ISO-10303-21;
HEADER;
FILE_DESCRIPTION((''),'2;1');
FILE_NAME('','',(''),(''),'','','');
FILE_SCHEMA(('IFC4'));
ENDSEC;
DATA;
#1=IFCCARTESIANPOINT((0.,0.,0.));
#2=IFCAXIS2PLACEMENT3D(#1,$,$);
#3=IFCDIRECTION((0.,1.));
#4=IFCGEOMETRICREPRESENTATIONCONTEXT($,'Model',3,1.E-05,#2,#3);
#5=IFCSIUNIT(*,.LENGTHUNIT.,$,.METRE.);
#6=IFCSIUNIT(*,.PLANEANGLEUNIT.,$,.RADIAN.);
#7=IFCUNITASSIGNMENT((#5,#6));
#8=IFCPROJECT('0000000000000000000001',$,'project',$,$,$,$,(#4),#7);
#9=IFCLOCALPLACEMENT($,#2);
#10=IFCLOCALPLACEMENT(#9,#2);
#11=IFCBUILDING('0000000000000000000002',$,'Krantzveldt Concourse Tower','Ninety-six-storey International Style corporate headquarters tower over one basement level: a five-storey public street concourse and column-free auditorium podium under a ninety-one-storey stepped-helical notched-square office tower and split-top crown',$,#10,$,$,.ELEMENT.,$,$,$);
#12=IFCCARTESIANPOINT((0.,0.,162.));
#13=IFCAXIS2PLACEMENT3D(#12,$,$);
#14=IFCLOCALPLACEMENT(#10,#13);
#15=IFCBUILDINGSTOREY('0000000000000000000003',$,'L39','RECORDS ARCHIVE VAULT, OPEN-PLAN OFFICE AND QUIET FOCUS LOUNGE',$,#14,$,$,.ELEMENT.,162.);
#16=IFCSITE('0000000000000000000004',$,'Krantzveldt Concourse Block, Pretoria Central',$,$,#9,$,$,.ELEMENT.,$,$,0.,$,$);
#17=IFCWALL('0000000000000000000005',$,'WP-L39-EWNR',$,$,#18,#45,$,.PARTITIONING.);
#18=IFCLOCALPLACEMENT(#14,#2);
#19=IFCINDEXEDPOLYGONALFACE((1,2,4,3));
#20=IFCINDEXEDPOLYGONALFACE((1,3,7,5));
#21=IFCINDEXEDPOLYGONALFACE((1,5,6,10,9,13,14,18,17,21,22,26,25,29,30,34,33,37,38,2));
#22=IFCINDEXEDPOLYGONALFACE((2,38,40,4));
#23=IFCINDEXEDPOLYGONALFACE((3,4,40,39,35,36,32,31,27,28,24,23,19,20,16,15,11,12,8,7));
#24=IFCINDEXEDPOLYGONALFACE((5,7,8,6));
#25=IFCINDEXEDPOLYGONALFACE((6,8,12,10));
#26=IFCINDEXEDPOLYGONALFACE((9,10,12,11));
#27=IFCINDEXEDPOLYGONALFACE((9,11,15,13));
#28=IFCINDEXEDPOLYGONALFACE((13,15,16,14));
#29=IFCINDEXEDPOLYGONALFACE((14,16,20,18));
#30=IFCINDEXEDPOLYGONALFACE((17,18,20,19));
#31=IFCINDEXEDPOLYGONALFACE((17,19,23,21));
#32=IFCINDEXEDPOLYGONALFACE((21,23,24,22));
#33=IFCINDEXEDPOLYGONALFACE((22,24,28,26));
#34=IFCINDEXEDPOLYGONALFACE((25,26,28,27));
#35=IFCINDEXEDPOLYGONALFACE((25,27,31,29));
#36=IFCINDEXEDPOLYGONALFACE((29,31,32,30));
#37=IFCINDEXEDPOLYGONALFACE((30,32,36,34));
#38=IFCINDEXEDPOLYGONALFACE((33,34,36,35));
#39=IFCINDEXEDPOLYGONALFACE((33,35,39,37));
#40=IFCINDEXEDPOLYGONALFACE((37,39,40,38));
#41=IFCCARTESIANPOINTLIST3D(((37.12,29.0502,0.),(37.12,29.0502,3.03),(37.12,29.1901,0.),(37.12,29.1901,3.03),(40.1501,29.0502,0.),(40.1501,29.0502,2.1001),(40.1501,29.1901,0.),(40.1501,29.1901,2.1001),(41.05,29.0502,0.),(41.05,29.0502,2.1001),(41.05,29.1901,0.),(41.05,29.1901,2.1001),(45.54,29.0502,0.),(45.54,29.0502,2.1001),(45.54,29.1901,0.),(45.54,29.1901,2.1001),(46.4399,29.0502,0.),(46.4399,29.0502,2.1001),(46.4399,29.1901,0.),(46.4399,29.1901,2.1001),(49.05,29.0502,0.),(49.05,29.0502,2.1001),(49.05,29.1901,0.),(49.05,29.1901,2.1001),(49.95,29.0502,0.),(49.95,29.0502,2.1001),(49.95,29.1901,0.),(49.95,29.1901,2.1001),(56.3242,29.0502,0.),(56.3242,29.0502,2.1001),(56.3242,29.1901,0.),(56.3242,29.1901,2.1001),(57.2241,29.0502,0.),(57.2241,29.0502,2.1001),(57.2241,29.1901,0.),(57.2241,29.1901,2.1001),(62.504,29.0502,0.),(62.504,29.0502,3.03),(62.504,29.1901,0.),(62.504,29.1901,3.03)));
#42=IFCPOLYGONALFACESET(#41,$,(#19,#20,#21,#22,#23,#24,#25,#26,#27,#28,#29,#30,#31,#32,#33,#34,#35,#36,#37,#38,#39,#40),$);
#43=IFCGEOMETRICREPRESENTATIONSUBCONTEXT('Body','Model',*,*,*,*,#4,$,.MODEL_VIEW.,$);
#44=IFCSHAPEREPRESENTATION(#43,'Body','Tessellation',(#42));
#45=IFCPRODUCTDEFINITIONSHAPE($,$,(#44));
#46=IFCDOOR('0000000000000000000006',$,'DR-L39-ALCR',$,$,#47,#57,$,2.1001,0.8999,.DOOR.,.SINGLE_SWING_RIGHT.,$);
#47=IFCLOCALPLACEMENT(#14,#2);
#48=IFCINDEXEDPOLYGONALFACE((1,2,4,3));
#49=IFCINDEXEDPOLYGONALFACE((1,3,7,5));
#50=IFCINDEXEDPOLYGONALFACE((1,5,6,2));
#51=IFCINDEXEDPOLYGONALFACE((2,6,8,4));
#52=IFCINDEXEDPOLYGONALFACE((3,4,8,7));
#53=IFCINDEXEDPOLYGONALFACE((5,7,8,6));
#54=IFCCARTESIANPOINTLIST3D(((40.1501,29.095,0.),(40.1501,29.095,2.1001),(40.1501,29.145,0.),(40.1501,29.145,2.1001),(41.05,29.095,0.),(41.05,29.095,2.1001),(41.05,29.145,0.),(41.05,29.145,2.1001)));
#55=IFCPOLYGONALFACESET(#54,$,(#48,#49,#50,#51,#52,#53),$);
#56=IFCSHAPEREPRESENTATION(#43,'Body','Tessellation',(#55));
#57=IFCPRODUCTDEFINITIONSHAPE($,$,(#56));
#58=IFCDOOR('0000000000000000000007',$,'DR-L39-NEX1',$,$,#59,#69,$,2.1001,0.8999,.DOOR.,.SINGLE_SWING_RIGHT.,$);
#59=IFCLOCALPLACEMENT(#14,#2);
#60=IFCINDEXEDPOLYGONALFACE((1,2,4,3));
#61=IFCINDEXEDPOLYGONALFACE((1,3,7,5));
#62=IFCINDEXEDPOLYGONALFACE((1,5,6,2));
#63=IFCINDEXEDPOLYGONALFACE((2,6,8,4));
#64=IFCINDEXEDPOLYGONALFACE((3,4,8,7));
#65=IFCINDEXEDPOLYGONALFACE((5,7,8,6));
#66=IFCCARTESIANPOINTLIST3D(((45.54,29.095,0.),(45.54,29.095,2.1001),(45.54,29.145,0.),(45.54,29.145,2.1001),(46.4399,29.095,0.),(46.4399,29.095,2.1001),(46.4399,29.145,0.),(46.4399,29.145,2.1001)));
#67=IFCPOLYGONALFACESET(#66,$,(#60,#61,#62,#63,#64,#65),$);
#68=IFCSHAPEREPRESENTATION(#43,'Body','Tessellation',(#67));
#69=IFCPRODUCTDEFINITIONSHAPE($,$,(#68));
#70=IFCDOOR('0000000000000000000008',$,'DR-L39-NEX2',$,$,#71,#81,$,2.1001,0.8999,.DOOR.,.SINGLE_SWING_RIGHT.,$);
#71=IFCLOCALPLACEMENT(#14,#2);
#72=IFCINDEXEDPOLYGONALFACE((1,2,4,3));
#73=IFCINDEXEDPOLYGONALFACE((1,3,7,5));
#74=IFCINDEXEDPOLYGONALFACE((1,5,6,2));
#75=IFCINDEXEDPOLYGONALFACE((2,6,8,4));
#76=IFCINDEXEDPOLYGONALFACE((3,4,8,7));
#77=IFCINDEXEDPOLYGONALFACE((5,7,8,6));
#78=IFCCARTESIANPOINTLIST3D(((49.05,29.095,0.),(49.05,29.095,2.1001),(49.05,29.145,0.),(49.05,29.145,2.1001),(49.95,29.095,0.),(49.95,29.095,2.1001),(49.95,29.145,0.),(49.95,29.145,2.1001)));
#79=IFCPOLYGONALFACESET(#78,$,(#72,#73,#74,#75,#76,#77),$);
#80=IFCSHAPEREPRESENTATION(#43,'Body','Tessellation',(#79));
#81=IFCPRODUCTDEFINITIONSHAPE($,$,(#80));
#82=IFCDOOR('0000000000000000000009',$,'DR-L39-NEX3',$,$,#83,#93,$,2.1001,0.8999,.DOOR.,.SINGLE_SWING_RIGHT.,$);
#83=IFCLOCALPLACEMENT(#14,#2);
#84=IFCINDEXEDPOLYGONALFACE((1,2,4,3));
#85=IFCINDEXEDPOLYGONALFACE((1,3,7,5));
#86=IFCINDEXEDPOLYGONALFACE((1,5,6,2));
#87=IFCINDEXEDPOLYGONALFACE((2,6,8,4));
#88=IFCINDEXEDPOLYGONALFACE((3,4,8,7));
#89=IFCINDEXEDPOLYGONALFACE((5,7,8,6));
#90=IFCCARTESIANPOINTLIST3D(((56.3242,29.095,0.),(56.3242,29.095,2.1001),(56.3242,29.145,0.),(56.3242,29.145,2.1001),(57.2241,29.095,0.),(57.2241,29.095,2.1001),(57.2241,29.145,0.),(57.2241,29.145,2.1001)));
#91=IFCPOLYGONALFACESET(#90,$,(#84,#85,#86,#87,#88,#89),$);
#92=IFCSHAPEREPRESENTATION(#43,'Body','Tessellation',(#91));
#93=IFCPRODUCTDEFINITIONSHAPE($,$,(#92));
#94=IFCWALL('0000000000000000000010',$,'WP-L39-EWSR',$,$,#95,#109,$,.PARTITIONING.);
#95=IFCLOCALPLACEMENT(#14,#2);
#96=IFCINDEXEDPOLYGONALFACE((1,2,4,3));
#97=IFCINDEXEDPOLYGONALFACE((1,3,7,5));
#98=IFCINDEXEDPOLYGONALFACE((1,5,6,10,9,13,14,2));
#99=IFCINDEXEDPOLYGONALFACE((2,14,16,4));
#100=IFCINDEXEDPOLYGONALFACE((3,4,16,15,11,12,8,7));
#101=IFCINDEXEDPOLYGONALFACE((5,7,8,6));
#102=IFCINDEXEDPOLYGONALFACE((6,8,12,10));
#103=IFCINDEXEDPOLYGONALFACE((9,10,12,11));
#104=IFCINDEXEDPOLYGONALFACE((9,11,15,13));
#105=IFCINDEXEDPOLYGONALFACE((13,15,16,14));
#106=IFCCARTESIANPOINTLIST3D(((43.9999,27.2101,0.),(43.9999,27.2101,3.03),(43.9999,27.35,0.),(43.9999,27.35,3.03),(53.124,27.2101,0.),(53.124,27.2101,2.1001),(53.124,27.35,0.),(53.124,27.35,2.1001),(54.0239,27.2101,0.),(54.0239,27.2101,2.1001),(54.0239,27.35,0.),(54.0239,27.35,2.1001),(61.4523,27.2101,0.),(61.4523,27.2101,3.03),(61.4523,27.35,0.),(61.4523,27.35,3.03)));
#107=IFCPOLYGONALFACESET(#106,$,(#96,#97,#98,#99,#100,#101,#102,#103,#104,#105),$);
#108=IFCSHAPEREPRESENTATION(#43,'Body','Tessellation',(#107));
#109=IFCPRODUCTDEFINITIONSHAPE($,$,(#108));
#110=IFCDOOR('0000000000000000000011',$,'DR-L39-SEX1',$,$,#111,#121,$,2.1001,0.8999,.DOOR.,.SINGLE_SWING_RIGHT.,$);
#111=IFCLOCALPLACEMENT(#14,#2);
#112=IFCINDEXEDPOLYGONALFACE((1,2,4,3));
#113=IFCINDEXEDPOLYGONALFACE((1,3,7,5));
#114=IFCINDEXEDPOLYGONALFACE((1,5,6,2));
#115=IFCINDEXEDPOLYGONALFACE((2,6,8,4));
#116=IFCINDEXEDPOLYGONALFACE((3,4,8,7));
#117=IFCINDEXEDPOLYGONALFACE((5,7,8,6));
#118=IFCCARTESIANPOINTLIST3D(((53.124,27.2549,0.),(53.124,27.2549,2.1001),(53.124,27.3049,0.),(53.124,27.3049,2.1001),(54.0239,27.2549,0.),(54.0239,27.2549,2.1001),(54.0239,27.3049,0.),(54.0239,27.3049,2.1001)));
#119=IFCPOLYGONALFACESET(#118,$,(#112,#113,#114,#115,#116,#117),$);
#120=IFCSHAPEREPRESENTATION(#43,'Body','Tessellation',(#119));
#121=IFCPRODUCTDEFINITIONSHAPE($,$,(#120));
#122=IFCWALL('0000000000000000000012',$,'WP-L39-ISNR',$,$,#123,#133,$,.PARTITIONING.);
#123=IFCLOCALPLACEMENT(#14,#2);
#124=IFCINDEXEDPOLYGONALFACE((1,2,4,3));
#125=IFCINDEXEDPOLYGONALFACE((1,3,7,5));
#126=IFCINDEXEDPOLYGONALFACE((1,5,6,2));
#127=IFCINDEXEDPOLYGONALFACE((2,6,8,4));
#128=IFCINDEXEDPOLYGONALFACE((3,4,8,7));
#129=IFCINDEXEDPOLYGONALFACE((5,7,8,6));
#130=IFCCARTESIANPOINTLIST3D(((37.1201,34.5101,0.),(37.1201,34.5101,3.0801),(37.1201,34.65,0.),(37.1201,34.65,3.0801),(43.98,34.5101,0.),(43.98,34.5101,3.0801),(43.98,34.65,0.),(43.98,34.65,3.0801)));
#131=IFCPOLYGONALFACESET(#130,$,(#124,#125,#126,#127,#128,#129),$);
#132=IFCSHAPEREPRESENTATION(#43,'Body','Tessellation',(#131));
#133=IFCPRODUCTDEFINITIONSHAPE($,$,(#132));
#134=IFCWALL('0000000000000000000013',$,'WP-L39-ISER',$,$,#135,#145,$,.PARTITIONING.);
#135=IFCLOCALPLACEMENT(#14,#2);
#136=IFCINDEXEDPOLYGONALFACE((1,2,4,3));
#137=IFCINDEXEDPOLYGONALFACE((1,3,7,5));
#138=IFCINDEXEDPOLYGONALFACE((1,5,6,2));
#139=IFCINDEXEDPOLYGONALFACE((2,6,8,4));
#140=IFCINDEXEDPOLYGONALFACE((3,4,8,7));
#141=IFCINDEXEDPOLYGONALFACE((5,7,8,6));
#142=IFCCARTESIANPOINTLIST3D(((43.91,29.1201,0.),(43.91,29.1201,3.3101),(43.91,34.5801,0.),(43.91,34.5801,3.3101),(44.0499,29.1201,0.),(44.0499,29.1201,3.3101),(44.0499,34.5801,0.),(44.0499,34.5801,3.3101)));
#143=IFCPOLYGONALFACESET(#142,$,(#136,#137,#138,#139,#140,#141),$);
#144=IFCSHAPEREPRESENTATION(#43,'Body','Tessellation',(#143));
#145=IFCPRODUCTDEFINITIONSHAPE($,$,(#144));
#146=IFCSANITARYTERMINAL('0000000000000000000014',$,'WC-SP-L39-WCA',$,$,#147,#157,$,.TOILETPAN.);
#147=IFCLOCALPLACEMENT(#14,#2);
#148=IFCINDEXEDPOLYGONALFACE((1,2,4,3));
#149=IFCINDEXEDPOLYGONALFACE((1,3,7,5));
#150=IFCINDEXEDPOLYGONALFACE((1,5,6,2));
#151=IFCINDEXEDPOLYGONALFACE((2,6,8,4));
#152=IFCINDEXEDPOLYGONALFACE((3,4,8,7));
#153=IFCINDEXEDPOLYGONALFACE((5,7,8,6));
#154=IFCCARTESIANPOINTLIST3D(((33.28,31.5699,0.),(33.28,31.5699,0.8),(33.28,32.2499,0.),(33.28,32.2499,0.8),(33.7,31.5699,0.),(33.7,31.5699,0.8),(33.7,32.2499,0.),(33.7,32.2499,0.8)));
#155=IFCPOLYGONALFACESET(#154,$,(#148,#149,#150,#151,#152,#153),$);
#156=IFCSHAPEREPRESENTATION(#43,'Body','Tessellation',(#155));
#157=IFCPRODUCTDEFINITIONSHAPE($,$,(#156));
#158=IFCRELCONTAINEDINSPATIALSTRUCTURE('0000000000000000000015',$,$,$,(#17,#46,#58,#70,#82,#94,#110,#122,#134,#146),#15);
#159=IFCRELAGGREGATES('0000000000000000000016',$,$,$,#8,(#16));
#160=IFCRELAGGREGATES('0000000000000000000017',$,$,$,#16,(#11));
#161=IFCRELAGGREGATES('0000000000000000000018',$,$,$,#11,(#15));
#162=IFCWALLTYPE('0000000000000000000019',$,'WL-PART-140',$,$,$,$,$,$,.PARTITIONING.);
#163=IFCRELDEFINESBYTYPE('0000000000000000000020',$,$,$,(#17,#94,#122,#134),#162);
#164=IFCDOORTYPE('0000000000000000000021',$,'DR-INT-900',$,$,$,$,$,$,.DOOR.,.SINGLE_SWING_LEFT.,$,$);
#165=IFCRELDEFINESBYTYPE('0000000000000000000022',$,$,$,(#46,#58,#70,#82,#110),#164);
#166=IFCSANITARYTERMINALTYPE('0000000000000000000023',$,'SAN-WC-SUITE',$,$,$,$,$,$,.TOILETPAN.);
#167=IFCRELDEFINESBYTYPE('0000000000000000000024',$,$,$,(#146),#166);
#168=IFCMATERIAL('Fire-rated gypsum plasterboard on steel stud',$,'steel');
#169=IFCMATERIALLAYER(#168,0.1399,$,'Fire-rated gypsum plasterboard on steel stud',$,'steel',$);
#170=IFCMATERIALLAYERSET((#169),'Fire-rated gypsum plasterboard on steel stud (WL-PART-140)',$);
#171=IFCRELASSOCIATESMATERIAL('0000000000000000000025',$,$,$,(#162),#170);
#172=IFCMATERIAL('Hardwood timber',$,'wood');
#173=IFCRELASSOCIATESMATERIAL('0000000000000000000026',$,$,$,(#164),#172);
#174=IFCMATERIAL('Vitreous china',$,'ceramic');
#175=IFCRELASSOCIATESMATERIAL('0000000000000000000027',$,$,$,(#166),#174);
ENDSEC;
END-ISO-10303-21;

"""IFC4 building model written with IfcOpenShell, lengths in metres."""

from ifc_helpers import new_model, si_unit, direction, frame, frame_2d, origin, origin_2d, place, context, subcontext, project, spatial, rectangle, extrude, source, transform, mapped, material, layer, layer_set, type_object, type_shapes, element, fill, save


model = new_model("IFC4")

# Units and contexts
model_context = context("Model", 3, precision=1e-05, world=origin(), true_north=direction((0.0, 1.0)))
body_context = subcontext(model_context, "Body", "Model", "MODEL_VIEW")
ifc_project = project(units=[si_unit("LENGTHUNIT", "METRE"), si_unit("PLANEANGLEUNIT", "RADIAN")], contexts=[model_context])

# Site, building, storey
site_placement = place(None, origin())
site = spatial("IfcSite", under=ifc_project, at=site_placement, Name="Krantzveldt Concourse Block, Pretoria Central", CompositionType="ELEMENT", RefElevation=0.0)
building_placement = place(site_placement, origin())
building = spatial("IfcBuilding", under=site, at=building_placement, Name="Krantzveldt Concourse Tower", Description="Ninety-six-storey International Style corporate headquarters tower over one basement level: a five-storey public street concourse and column-free auditorium podium under a ninety-one-storey stepped-helical notched-square office tower and split-top crown", CompositionType="ELEMENT")
storey_placement = place(building_placement, frame((0.0, 0.0, 162.0)))
storey = spatial("IfcBuildingStorey", under=building, at=storey_placement, Name="L39", Description="RECORDS ARCHIVE VAULT, OPEN-PLAN OFFICE AND QUIET FOCUS LOUNGE", CompositionType="ELEMENT", Elevation=162.0)

# Shared definitions
ifc_material_1 = material(Name="Fire-rated gypsum plasterboard on steel stud", Category="steel")

# Wall, openings, doors
ifc_layer_1 = layer(ifc_material_1, 0.1399, Name="Fire-rated gypsum plasterboard on steel stud", Category="steel")
ifc_layer_set_1 = layer_set([ifc_layer_1], Name="Fire-rated gypsum plasterboard on steel stud (WL-PART-140)")
wall_type_1 = type_object("IfcWallType", Name="WL-PART-140", PredefinedType="PARTITIONING", material=ifc_layer_set_1)
ifc_material_2 = material(Name="Hardwood timber", Category="wood")
door_type_1 = type_object("IfcDoorType", Name="DR-INT-900", OperationType="SINGLE_SWING_LEFT", PredefinedType="DOOR", material=ifc_material_2)
wall_1_placement = place(storey_placement, frame((37.1201, 29.1201, 0.0), z_axis=(0.0, 0.0, 1.0), x_axis=(1.0, 0.0, 0.0)))
wall_1 = element("IfcWall", 1, at=wall_1_placement, inside=storey, type_object=wall_type_1, Name="WP-L39-EWNR", PredefinedType="PARTITIONING", context=body_context, shape_type="SweptSolid", body=[
    extrude(rectangle(XDim=25.384, YDim=0.1399, at=frame_2d((12.6919, 0.0))), origin(), (0.0, 0.0, 1.0), 3.03),
])
opening_1_placement = place(wall_1_placement, frame((3.03, 0.0, 0.0)))
opening_1 = element("IfcOpeningElement", 2, at=opening_1_placement, cuts=wall_1, PredefinedType="OPENING", context=body_context, shape_type="SweptSolid", body=[
    extrude(rectangle(XDim=0.8999, YDim=2.1001, at=frame_2d((0.45, 1.05))), frame((0.0, 0.0801, 0.0), z_axis=(0.0, -1.0, 0.0), x_axis=(1.0, 0.0, 0.0)), (0.0, 0.0, 1.0), 0.1599),
])
opening_2_placement = place(wall_1_placement, frame((8.4199, 0.0, 0.0)))
opening_2 = element("IfcOpeningElement", 3, at=opening_2_placement, cuts=wall_1, PredefinedType="OPENING", context=body_context, shape_type="SweptSolid", body=[
    extrude(rectangle(XDim=0.8999, YDim=2.1001, at=frame_2d((0.45, 1.05))), frame((0.0, 0.0801, 0.0), z_axis=(0.0, -1.0, 0.0), x_axis=(1.0, 0.0, 0.0)), (0.0, 0.0, 1.0), 0.1599),
])
opening_3_placement = place(wall_1_placement, frame((11.9299, 0.0, 0.0)))
opening_3 = element("IfcOpeningElement", 4, at=opening_3_placement, cuts=wall_1, PredefinedType="OPENING", context=body_context, shape_type="SweptSolid", body=[
    extrude(rectangle(XDim=0.8999, YDim=2.1001, at=frame_2d((0.45, 1.05))), frame((0.0, 0.0801, 0.0), z_axis=(0.0, -1.0, 0.0), x_axis=(1.0, 0.0, 0.0)), (0.0, 0.0, 1.0), 0.1599),
])
opening_4_placement = place(wall_1_placement, frame((19.2041, 0.0, 0.0)))
opening_4 = element("IfcOpeningElement", 5, at=opening_4_placement, cuts=wall_1, PredefinedType="OPENING", context=body_context, shape_type="SweptSolid", body=[
    extrude(rectangle(XDim=0.8999, YDim=2.1001, at=frame_2d((0.45, 1.05))), frame((0.0, 0.0801, 0.0), z_axis=(0.0, -1.0, 0.0), x_axis=(1.0, 0.0, 0.0)), (0.0, 0.0, 1.0), 0.1599),
])
door_1_placement = place(opening_1_placement, origin())
door_1 = element("IfcDoor", 6, at=door_1_placement, inside=storey, type_object=door_type_1, Name="DR-L39-ALCR", OperationType="SINGLE_SWING_RIGHT", OverallHeight=2.1001, OverallWidth=0.8999, PredefinedType="DOOR", context=body_context, shape_type="SweptSolid", body=[
    extrude(rectangle(XDim=0.8999, YDim=2.1001, at=frame_2d((0.45, 1.05))), frame((0.0, 0.0249, 0.0), z_axis=(0.0, -1.0, 0.0), x_axis=(1.0, 0.0, 0.0)), (0.0, 0.0, 1.0), 0.05),
])
fill(opening_1, door_1)
door_2_placement = place(opening_2_placement, origin())
door_2 = element("IfcDoor", 7, at=door_2_placement, inside=storey, type_object=door_type_1, Name="DR-L39-NEX1", OperationType="SINGLE_SWING_RIGHT", OverallHeight=2.1001, OverallWidth=0.8999, PredefinedType="DOOR", context=body_context, shape_type="SweptSolid", body=[
    extrude(rectangle(XDim=0.8999, YDim=2.1001, at=frame_2d((0.45, 1.05))), frame((0.0, 0.0249, 0.0), z_axis=(0.0, -1.0, 0.0), x_axis=(1.0, 0.0, 0.0)), (0.0, 0.0, 1.0), 0.05),
])
fill(opening_2, door_2)
door_3_placement = place(opening_3_placement, origin())
door_3 = element("IfcDoor", 8, at=door_3_placement, inside=storey, type_object=door_type_1, Name="DR-L39-NEX2", OperationType="SINGLE_SWING_RIGHT", OverallHeight=2.1001, OverallWidth=0.8999, PredefinedType="DOOR", context=body_context, shape_type="SweptSolid", body=[
    extrude(rectangle(XDim=0.8999, YDim=2.1001, at=frame_2d((0.45, 1.05))), frame((0.0, 0.0249, 0.0), z_axis=(0.0, -1.0, 0.0), x_axis=(1.0, 0.0, 0.0)), (0.0, 0.0, 1.0), 0.05),
])
fill(opening_3, door_3)
door_4_placement = place(opening_4_placement, origin())
door_4 = element("IfcDoor", 9, at=door_4_placement, inside=storey, type_object=door_type_1, Name="DR-L39-NEX3", OperationType="SINGLE_SWING_RIGHT", OverallHeight=2.1001, OverallWidth=0.8999, PredefinedType="DOOR", context=body_context, shape_type="SweptSolid", body=[
    extrude(rectangle(XDim=0.8999, YDim=2.1001, at=frame_2d((0.45, 1.05))), frame((0.0, 0.0249, 0.0), z_axis=(0.0, -1.0, 0.0), x_axis=(1.0, 0.0, 0.0)), (0.0, 0.0, 1.0), 0.05),
])
fill(opening_4, door_4)

# Wall, opening, door
wall_2_placement = place(storey_placement, frame((44.0, 27.28, 0.0), z_axis=(0.0, 0.0, 1.0), x_axis=(1.0, 0.0, 0.0)))
wall_2 = element("IfcWall", 10, at=wall_2_placement, inside=storey, type_object=wall_type_1, Name="WP-L39-EWSR", PredefinedType="PARTITIONING", context=body_context, shape_type="SweptSolid", body=[
    extrude(rectangle(XDim=17.4524, YDim=0.1399, at=frame_2d((8.7261, 0.0))), origin(), (0.0, 0.0, 1.0), 3.03),
])
opening_5_placement = place(wall_2_placement, frame((9.124, 0.0, 0.0)))
opening_5 = element("IfcOpeningElement", 11, at=opening_5_placement, cuts=wall_2, PredefinedType="OPENING", context=body_context, shape_type="SweptSolid", body=[
    extrude(rectangle(XDim=0.8999, YDim=2.1001, at=frame_2d((0.45, 1.05))), frame((0.0, 0.0801, 0.0), z_axis=(0.0, -1.0, 0.0), x_axis=(1.0, 0.0, 0.0)), (0.0, 0.0, 1.0), 0.1599),
])
door_5_placement = place(opening_5_placement, origin())
door_5 = element("IfcDoor", 12, at=door_5_placement, inside=storey, type_object=door_type_1, Name="DR-L39-SEX1", OperationType="SINGLE_SWING_RIGHT", OverallHeight=2.1001, OverallWidth=0.8999, PredefinedType="DOOR", context=body_context, shape_type="SweptSolid", body=[
    extrude(rectangle(XDim=0.8999, YDim=2.1001, at=frame_2d((0.45, 1.05))), frame((0.0, 0.0249, 0.0), z_axis=(0.0, -1.0, 0.0), x_axis=(1.0, 0.0, 0.0)), (0.0, 0.0, 1.0), 0.05),
])
fill(opening_5, door_5)

# Walls
wall_3_placement = place(storey_placement, frame((37.1201, 34.5801, 0.0), z_axis=(0.0, 0.0, 1.0), x_axis=(1.0, 0.0, 0.0)))
element("IfcWall", 13, at=wall_3_placement, inside=storey, type_object=wall_type_1, Name="WP-L39-ISNR", PredefinedType="PARTITIONING", context=body_context, shape_type="SweptSolid", body=[
    extrude(rectangle(XDim=6.8599, YDim=0.1399, at=frame_2d((3.4299, 0.0))), origin(), (0.0, 0.0, 1.0), 3.0801),
])
wall_4_placement = place(storey_placement, frame((43.98, 29.1201, 0.0), z_axis=(0.0, 0.0, 1.0), x_axis=(0.0, 1.0, 0.0)))
element("IfcWall", 14, at=wall_4_placement, inside=storey, type_object=wall_type_1, Name="WP-L39-ISER", PredefinedType="PARTITIONING", context=body_context, shape_type="SweptSolid", body=[
    extrude(rectangle(XDim=5.46, YDim=0.1399, at=frame_2d((2.73, 0.0))), origin(), (0.0, 0.0, 1.0), 3.3101),
])

# Sanitary terminal
ifc_material_3 = material(Name="Vitreous china", Category="ceramic")
sanitary_terminal_type_1 = type_object("IfcSanitaryTerminalType", Name="SAN-WC-SUITE", PredefinedType="TOILETPAN", material=ifc_material_3)
shared_shape_1 = source(origin(), body_context, "Body", "SweptSolid", [
    extrude(rectangle(XDim=0.4199, YDim=0.6799, at=origin_2d()), origin(), (0.0, 0.0, 1.0), 0.8),
])
type_shapes(sanitary_terminal_type_1, [shared_shape_1])
sanitary_terminal_1_placement = place(storey_placement, frame((33.49, 31.9099, 0.0), z_axis=(0.0, 0.0, 1.0), x_axis=(1.0, 0.0, 0.0)))
element("IfcSanitaryTerminal", 15, at=sanitary_terminal_1_placement, inside=storey, type_object=sanitary_terminal_type_1, Name="WC-SP-L39-WCA", PredefinedType="TOILETPAN", context=body_context, shape_type="MappedRepresentation", body=[
    mapped(shared_shape_1, transform((0.0, 0.0, 0.0), x_axis=(1.0, 0.0, 0.0), y_axis=(0.0, 1.0, 0.0), z_axis=(0.0, 0.0, 1.0), scale=1.0)),
])

save(model, "model.ifc")
